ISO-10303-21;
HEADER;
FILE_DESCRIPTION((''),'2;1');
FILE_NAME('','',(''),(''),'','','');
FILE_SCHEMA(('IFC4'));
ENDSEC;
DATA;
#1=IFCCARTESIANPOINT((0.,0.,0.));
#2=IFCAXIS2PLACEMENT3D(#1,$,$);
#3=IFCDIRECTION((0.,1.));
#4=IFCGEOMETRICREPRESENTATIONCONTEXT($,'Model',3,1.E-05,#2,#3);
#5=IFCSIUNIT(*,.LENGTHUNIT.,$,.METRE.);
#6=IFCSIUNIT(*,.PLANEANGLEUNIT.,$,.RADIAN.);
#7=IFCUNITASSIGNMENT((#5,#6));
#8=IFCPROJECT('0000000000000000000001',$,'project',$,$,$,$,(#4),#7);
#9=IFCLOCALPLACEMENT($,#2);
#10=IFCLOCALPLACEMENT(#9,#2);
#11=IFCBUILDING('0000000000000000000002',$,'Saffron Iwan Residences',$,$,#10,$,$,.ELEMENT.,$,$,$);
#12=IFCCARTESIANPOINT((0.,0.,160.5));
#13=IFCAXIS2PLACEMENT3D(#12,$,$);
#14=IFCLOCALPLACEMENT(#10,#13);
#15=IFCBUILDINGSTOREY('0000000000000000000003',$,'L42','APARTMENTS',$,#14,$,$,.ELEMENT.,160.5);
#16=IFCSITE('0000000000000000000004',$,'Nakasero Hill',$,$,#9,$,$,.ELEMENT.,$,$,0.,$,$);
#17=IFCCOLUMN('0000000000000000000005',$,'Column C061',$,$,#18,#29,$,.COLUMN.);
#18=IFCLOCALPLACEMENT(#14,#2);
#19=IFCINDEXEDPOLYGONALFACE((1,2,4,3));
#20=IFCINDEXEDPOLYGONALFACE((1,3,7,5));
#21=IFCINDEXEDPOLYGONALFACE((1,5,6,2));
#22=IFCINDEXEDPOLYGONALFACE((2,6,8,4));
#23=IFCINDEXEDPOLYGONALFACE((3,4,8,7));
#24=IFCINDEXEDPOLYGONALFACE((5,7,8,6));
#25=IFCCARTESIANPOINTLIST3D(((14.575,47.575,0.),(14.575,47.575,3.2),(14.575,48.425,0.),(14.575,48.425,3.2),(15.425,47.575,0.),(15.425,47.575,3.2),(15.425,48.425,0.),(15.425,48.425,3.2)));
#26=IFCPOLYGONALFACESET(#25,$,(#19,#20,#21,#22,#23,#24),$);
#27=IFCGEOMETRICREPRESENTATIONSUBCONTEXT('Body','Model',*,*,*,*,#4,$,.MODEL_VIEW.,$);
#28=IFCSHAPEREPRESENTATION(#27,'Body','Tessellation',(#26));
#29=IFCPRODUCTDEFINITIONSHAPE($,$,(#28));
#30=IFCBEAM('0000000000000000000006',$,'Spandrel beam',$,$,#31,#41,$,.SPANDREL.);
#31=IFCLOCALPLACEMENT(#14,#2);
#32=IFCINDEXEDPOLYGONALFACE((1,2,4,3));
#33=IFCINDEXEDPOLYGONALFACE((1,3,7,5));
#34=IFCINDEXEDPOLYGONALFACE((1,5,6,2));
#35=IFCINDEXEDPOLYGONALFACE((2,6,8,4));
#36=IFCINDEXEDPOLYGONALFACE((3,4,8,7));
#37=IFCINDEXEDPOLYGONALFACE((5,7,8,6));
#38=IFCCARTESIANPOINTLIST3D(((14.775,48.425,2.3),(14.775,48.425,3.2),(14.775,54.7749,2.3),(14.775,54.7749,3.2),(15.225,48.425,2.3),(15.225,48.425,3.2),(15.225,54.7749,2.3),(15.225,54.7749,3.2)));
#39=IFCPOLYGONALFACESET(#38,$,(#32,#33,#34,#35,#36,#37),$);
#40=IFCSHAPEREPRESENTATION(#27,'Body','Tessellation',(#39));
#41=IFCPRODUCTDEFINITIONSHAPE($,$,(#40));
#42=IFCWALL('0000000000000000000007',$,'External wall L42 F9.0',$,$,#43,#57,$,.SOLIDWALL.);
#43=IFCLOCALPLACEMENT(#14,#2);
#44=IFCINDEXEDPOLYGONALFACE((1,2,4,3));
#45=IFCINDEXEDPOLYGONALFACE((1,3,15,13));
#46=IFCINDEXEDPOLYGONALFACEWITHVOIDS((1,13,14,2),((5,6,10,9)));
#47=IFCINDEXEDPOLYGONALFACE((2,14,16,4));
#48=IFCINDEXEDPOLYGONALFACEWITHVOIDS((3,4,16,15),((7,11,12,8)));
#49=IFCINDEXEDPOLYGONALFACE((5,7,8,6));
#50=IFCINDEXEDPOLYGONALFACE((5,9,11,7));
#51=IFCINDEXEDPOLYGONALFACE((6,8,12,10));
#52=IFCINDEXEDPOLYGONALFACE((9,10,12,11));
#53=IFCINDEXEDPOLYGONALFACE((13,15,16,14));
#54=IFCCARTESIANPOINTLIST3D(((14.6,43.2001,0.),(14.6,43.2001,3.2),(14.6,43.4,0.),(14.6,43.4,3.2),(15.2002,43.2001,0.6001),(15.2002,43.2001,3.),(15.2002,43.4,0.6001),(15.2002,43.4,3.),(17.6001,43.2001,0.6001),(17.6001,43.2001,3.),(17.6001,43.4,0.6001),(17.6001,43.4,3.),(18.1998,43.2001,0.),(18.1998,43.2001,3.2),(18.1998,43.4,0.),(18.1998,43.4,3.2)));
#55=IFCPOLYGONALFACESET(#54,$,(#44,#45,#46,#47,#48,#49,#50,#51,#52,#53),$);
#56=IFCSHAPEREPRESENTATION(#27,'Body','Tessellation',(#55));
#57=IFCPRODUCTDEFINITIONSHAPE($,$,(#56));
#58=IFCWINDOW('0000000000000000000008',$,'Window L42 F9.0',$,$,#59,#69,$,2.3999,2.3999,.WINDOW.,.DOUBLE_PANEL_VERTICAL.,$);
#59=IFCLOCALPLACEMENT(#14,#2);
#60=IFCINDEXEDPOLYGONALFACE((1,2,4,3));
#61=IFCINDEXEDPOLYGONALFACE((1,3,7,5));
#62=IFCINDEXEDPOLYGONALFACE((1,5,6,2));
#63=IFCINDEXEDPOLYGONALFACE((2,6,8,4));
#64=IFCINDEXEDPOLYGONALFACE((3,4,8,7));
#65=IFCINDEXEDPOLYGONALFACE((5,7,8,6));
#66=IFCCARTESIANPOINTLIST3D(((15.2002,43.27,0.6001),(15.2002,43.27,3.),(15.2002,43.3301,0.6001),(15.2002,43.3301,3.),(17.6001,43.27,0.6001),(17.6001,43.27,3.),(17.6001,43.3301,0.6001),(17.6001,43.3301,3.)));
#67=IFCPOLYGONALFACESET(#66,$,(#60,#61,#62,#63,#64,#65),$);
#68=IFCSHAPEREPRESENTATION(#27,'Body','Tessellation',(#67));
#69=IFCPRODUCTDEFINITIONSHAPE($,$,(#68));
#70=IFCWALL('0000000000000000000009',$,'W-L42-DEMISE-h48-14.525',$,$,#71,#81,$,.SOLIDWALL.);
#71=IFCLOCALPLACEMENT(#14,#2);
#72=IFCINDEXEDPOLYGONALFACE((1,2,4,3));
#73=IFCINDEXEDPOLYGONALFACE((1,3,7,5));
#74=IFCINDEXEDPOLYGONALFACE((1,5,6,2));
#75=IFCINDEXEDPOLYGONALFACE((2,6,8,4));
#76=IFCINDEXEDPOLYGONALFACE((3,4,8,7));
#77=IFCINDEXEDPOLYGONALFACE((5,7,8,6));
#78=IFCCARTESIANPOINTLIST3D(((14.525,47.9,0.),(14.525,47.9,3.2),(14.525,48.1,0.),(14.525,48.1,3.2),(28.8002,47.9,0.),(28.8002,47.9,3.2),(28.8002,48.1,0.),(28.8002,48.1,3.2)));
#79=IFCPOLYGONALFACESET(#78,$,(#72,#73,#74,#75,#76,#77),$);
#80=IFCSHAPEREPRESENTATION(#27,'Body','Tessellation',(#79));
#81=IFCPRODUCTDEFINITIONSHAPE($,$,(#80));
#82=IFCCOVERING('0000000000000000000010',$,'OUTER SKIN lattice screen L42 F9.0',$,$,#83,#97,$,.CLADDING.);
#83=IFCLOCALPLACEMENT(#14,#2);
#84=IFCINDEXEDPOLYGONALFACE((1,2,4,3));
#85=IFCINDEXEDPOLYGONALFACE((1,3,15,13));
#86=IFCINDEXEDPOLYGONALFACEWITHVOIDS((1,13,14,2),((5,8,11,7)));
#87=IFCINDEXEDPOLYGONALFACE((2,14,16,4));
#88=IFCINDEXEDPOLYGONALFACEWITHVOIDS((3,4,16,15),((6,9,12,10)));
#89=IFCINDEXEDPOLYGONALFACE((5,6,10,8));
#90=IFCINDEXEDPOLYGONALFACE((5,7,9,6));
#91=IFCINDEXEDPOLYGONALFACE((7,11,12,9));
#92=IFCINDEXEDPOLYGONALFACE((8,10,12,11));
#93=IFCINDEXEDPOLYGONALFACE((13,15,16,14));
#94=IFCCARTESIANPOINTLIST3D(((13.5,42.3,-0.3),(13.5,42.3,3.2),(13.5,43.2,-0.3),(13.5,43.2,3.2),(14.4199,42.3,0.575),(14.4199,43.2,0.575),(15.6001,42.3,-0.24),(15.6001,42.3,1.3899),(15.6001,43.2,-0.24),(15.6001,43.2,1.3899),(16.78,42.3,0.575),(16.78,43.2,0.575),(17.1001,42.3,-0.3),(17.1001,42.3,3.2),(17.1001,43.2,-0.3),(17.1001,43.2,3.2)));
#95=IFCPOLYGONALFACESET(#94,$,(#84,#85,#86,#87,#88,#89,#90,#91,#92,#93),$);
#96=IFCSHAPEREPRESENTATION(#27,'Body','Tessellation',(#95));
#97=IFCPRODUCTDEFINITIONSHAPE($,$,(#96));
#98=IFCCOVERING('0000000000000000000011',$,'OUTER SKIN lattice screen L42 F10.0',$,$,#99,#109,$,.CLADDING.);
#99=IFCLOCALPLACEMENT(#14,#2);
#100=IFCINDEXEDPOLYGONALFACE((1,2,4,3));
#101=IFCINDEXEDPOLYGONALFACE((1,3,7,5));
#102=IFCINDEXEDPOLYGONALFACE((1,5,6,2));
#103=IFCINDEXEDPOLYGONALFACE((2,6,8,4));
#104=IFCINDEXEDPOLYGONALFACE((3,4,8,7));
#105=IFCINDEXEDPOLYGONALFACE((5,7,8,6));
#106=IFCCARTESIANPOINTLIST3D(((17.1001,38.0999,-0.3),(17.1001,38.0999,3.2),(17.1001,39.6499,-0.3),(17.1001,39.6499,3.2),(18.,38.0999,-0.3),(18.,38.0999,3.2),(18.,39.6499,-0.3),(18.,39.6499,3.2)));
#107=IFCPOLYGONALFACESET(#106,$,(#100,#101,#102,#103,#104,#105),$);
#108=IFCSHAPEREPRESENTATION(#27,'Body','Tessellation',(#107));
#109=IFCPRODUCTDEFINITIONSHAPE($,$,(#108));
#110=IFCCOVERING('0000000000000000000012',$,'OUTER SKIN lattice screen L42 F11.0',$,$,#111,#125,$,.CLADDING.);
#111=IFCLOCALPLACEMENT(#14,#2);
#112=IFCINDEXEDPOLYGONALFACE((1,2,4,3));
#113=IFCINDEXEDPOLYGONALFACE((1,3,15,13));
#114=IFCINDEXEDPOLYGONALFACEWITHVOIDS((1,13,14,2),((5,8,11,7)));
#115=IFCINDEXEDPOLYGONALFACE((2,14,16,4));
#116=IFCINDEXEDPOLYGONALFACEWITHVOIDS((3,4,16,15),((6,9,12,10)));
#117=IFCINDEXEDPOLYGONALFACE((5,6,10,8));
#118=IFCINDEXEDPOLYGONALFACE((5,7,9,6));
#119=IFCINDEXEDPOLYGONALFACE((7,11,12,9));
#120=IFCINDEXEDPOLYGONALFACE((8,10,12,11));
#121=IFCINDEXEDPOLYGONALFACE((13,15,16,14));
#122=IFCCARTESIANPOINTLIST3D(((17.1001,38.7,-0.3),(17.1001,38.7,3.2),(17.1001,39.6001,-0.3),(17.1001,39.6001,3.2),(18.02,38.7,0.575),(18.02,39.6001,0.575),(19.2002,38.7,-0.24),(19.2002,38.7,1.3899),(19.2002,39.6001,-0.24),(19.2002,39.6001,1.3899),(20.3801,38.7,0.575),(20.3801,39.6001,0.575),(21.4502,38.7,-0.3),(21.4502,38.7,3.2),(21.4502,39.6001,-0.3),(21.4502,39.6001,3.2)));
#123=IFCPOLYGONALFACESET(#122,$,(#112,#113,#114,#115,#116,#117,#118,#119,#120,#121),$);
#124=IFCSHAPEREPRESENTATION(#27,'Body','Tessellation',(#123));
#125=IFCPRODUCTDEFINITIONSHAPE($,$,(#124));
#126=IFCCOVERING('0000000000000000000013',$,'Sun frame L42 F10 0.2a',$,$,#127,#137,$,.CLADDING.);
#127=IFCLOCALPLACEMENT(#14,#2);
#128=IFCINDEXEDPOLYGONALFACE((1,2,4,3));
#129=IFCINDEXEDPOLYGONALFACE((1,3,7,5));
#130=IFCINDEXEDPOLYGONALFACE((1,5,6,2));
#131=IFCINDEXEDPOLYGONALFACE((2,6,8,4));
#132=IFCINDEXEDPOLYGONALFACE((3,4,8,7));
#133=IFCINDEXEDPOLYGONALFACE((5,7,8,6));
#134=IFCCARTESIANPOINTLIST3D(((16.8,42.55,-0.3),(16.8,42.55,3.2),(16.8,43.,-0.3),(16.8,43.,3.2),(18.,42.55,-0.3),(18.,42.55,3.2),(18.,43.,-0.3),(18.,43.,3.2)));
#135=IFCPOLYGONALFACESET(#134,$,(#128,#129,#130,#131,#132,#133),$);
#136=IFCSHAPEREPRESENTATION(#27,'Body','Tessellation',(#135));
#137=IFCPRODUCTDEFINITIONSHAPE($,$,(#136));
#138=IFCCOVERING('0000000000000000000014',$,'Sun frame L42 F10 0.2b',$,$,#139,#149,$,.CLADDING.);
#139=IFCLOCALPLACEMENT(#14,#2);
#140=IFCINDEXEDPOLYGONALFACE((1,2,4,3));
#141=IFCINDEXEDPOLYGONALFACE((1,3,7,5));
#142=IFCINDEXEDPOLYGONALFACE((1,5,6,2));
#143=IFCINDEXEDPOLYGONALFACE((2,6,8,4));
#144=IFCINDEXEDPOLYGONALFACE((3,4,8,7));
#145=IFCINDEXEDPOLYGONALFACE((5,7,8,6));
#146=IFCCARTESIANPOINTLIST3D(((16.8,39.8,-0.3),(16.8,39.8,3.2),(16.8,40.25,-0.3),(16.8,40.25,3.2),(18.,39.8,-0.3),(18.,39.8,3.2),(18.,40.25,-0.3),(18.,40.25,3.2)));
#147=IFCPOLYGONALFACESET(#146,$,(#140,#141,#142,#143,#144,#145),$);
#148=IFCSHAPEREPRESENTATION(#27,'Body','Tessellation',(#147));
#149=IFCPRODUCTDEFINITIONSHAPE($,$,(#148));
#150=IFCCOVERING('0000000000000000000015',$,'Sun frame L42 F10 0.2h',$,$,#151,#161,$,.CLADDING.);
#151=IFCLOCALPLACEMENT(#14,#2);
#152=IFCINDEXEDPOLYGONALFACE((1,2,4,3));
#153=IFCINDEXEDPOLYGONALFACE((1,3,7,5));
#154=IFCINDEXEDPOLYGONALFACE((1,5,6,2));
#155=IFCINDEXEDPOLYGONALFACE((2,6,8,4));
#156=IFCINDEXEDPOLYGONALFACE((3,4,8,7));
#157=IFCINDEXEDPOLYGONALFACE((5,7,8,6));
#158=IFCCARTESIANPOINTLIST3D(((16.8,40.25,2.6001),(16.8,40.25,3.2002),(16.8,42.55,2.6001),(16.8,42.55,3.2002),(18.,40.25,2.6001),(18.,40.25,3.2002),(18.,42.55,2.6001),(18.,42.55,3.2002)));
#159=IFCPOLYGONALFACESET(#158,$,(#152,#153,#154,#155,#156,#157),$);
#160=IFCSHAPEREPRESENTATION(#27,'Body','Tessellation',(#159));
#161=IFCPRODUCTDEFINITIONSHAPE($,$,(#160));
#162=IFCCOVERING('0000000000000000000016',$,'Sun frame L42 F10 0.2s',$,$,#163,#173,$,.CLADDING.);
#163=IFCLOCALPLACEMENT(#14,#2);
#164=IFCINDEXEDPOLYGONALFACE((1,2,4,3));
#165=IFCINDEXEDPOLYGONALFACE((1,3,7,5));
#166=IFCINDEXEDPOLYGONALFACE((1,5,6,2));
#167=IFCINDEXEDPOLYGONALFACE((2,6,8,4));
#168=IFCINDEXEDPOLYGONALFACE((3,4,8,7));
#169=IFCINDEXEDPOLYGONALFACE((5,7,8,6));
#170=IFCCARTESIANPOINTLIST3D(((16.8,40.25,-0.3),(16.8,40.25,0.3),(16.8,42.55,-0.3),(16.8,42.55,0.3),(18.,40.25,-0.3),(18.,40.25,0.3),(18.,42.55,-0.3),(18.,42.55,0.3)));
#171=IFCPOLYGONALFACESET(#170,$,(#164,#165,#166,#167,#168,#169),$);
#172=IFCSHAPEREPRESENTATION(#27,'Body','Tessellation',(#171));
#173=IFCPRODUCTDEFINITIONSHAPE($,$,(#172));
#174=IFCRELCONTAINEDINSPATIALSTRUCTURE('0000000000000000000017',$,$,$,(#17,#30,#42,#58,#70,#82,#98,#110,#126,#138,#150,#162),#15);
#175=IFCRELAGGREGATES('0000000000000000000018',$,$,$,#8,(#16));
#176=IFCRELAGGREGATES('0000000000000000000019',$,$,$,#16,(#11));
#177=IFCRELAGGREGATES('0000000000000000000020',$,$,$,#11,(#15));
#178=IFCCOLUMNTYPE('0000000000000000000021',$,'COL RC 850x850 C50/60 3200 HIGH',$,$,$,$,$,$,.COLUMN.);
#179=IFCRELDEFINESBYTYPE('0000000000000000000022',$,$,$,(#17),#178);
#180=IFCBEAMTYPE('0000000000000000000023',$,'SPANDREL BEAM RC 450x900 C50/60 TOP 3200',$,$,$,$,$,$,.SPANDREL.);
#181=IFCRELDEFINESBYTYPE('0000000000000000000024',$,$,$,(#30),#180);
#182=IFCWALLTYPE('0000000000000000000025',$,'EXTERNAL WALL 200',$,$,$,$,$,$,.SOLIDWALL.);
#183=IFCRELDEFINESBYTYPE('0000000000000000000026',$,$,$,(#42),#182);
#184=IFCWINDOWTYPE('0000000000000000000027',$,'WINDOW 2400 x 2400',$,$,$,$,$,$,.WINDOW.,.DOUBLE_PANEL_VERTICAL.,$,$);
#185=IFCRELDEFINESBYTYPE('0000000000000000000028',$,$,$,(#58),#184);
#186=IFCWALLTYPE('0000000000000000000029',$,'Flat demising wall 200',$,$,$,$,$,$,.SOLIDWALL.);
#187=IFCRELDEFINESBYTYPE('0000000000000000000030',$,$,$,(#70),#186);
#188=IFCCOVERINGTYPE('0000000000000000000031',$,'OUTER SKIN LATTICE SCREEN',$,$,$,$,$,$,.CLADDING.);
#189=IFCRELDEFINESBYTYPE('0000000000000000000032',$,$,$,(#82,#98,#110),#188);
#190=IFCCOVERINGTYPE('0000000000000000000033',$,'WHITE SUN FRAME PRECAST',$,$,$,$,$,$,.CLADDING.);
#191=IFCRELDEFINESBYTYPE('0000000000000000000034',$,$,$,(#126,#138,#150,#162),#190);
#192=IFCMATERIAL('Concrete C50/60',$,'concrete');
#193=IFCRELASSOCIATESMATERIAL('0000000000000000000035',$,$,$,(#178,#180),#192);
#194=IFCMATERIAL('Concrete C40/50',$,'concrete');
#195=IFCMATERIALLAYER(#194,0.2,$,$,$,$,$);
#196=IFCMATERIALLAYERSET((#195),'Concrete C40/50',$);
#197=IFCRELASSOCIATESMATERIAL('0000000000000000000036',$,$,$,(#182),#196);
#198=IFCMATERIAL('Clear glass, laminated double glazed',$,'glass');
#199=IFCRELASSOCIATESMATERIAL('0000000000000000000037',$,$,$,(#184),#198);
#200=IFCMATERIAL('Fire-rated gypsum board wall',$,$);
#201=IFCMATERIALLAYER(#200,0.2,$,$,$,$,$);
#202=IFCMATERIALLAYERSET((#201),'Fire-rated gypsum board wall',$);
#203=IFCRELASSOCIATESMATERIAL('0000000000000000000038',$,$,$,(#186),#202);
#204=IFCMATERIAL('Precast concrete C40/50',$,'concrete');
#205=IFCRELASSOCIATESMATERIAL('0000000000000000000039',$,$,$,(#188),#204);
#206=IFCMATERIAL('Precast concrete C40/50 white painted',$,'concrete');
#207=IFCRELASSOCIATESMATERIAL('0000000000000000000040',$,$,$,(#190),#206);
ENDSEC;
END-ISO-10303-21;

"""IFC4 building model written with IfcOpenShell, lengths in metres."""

from ifc_helpers import new_model, si_unit, direction, frame, frame_2d, origin, origin_2d, place, context, subcontext, project, spatial, polyline, rectangle, outline, extrude, source, transform, mapped, material, layer, layer_set, material_profile, profile_set, type_object, element, fill, save


model = new_model("IFC4")

# Units and contexts
model_context = context("Model", 3, precision=1e-05, world=origin(), true_north=direction((0.0, 1.0)))
body_context = subcontext(model_context, "Body", "Model", "MODEL_VIEW")
ifc_project = project(units=[si_unit("LENGTHUNIT", "METRE"), si_unit("PLANEANGLEUNIT", "RADIAN")], contexts=[model_context])

# Site, building, storey
site_placement = place(None, origin())
site = spatial("IfcSite", under=ifc_project, at=site_placement, Name="Nakasero Hill", CompositionType="ELEMENT", RefElevation=0.0)
building_placement = place(site_placement, origin())
building = spatial("IfcBuilding", under=site, at=building_placement, Name="Saffron Iwan Residences", CompositionType="ELEMENT")
storey_placement = place(building_placement, frame((0.0, 0.0, 160.5)))
storey = spatial("IfcBuildingStorey", under=building, at=storey_placement, Name="L42", Description="APARTMENTS", CompositionType="ELEMENT", Elevation=160.5)

# Column
ifc_material_1 = material(Name="Concrete C50/60", Category="concrete")
ifc_material_profile_1 = material_profile(ifc_material_1, rectangle(XDim=0.8501, YDim=0.8501, at=origin_2d()), Name="RC 850x850")
ifc_profile_set_1 = profile_set([ifc_material_profile_1], Name="Concrete C50/60")
column_type = type_object("IfcColumnType", Name="COL RC 850x850 C50/60 3200 HIGH", PredefinedType="COLUMN", material=ifc_profile_set_1)
shared_shape_1 = source(origin(), body_context, "Body", "SweptSolid", [
    extrude(rectangle(XDim=0.8501, YDim=0.8501, at=origin_2d()), origin(), (0.0, 0.0, 1.0), 3.2),
])
column_placement = place(storey_placement, frame((15.0, 48.0, 0.0), z_axis=(0.0, 0.0, 1.0), x_axis=(1.0, 0.0, 0.0)))
element("IfcColumn", 1, at=column_placement, inside=storey, type_object=column_type, Name="Column C061", PredefinedType="COLUMN", context=body_context, shape_type="MappedRepresentation", body=[
    mapped(shared_shape_1, transform((0.0, 0.0, 0.0))),
])

# Beam
ifc_material_profile_2 = material_profile(ifc_material_1, rectangle(XDim=0.45, YDim=0.8999, at=origin_2d()), Name="RC 450x900")
ifc_profile_set_2 = profile_set([ifc_material_profile_2], Name="Concrete C50/60")
beam_type = type_object("IfcBeamType", Name="SPANDREL BEAM RC 450x900 C50/60 TOP 3200", PredefinedType="SPANDREL", material=ifc_profile_set_2)
shared_shape_2 = source(origin(), body_context, "Body", "SweptSolid", [
    extrude(rectangle(XDim=0.45, YDim=0.8999, at=origin_2d()), origin(), (0.0, 0.0, 1.0), 6.3499),
])
beam_placement = place(storey_placement, frame((15.0, 48.425, 2.75), z_axis=(0.0, 1.0, 0.0), x_axis=(-1.0, 0.0, 0.0)))
element("IfcBeam", 2, at=beam_placement, inside=storey, type_object=beam_type, Name="Spandrel beam", PredefinedType="SPANDREL", context=body_context, shape_type="MappedRepresentation", body=[
    mapped(shared_shape_2, transform((0.0, 0.0, 0.0))),
])

# Wall, opening, window
ifc_material_2 = material(Name="Concrete C40/50", Category="concrete")
ifc_layer_1 = layer(ifc_material_2, 0.2)
ifc_layer_set_1 = layer_set([ifc_layer_1], Name="Concrete C40/50")
wall_type_1 = type_object("IfcWallType", Name="EXTERNAL WALL 200", PredefinedType="SOLIDWALL", material=ifc_layer_set_1)
wall_1_placement = place(storey_placement, frame((14.6001, 43.3, 0.0), z_axis=(0.0, 0.0, 1.0), x_axis=(1.0, 0.0, 0.0)))
wall_1 = element("IfcWall", 3, at=wall_1_placement, inside=storey, type_object=wall_type_1, Name="External wall L42 F9.0", PredefinedType="SOLIDWALL", context=body_context, shape_type="SweptSolid", body=[
    extrude(rectangle(XDim=3.5999, YDim=0.2, at=frame_2d((1.7998, 0.0))), origin(), (0.0, 0.0, 1.0), 3.2),
])
opening_placement = place(wall_1_placement, frame((0.6001, 0.0, 0.6001)))
opening = element("IfcOpeningElement", 4, at=opening_placement, cuts=wall_1, PredefinedType="OPENING", context=body_context, shape_type="SweptSolid", body=[
    extrude(rectangle(XDim=2.3999, YDim=2.3999, at=frame_2d((1.2, 1.2))), frame((0.0, 0.1099, 0.0), z_axis=(0.0, -1.0, 0.0), x_axis=(1.0, 0.0, 0.0)), (0.0, 0.0, 1.0), 0.22),
])
ifc_material_3 = material(Name="Clear glass, laminated double glazed", Category="glass")
window_type = type_object("IfcWindowType", Name="WINDOW 2400 x 2400", PartitioningType="DOUBLE_PANEL_VERTICAL", PredefinedType="WINDOW", material=ifc_material_3)
window_placement = place(opening_placement, origin())
window = element("IfcWindow", 5, at=window_placement, inside=storey, type_object=window_type, Name="Window L42 F9.0", OverallHeight=2.3999, OverallWidth=2.3999, PartitioningType="DOUBLE_PANEL_VERTICAL", PredefinedType="WINDOW", context=body_context, shape_type="SweptSolid", body=[
    extrude(rectangle(XDim=2.3999, YDim=2.3999, at=frame_2d((1.2, 1.2))), frame((0.0, 0.03, 0.0), z_axis=(0.0, -1.0, 0.0), x_axis=(1.0, 0.0, 0.0)), (0.0, 0.0, 1.0), 0.0601),
])
fill(opening, window)

# Wall
ifc_material_4 = material(Name="Fire-rated gypsum board wall")
ifc_layer_2 = layer(ifc_material_4, 0.2)
ifc_layer_set_2 = layer_set([ifc_layer_2], Name="Fire-rated gypsum board wall")
wall_type_2 = type_object("IfcWallType", Name="Flat demising wall 200", PredefinedType="SOLIDWALL", material=ifc_layer_set_2)
wall_2_placement = place(storey_placement, frame((14.5249, 48.0, 0.0), z_axis=(0.0, 0.0, 1.0), x_axis=(1.0, 0.0, 0.0)))
element("IfcWall", 6, at=wall_2_placement, inside=storey, type_object=wall_type_2, Name="W-L42-DEMISE-h48-14.525", PredefinedType="SOLIDWALL", context=body_context, shape_type="SweptSolid", body=[
    extrude(rectangle(XDim=14.2751, YDim=0.2, at=frame_2d((7.1377, 0.0))), origin(), (0.0, 0.0, 1.0), 3.2),
])

# Coverings
ifc_material_5 = material(Name="Precast concrete C40/50", Category="concrete")
covering_type_1 = type_object("IfcCoveringType", Name="OUTER SKIN LATTICE SCREEN", PredefinedType="CLADDING", material=ifc_material_5)
covering_1_placement = place(storey_placement, frame((13.5, 43.2, -0.3), z_axis=(0.0, -1.0, 0.0), x_axis=(1.0, 0.0, 0.0)))
element("IfcCovering", 7, at=covering_1_placement, inside=storey, type_object=covering_type_1, Name="OUTER SKIN lattice screen L42 F9.0", PredefinedType="CLADDING", context=body_context, shape_type="SweptSolid", body=[
    extrude(outline(polyline([(0.0, 0.0), (3.6001, 0.0), (3.6001, 3.5), (0.0, 3.5), (0.0, 0.0)]), holes=[polyline([(0.9199, 0.875), (2.1001, 0.0601), (3.28, 0.875), (2.1001, 1.6899), (0.9199, 0.875)])]), origin(), (0.0, 0.0, 1.0), 0.8999),
])
covering_2_placement = place(storey_placement, frame((18.0, 39.6499, -0.3), z_axis=(-1.0, 0.0, 0.0), x_axis=(0.0, -1.0, 0.0)))
element("IfcCovering", 8, at=covering_2_placement, inside=storey, type_object=covering_type_1, Name="OUTER SKIN lattice screen L42 F10.0", PredefinedType="CLADDING", context=body_context, shape_type="SweptSolid", body=[
    extrude(outline(polyline([(0.0, 0.0), (1.55, 0.0), (1.55, 3.5), (0.0, 3.5), (0.0, 0.0)])), origin(), (0.0, 0.0, 1.0), 0.8999),
])
covering_3_placement = place(storey_placement, frame((17.1001, 39.6001, -0.3), z_axis=(0.0, -1.0, 0.0), x_axis=(1.0, 0.0, 0.0)))
element("IfcCovering", 9, at=covering_3_placement, inside=storey, type_object=covering_type_1, Name="OUTER SKIN lattice screen L42 F11.0", PredefinedType="CLADDING", context=body_context, shape_type="SweptSolid", body=[
    extrude(outline(polyline([(0.0, 0.0), (4.3501, 0.0), (4.3501, 3.5), (0.0, 3.5), (0.0, 0.0)]), holes=[polyline([(0.9199, 0.875), (2.1001, 0.0601), (3.28, 0.875), (2.1001, 1.6899), (0.9199, 0.875)])]), origin(), (0.0, 0.0, 1.0), 0.9001),
])
ifc_material_6 = material(Name="Precast concrete C40/50 white painted", Category="concrete")
covering_type_2 = type_object("IfcCoveringType", Name="WHITE SUN FRAME PRECAST", PredefinedType="CLADDING", material=ifc_material_6)
for number, where, z_axis, x_axis, name in (
    (10, (18.0, 43.0, -0.3), (-1.0, 0.0, 0.0), (0.0, -1.0, 0.0), "Sun frame L42 F10 0.2a"),
    (11, (18.0, 40.25, -0.3), (-1.0, 0.0, 0.0), (0.0, -1.0, 0.0), "Sun frame L42 F10 0.2b"),
):
    element("IfcCovering", number, at=place(storey_placement, frame(where, z_axis=z_axis, x_axis=x_axis)), inside=storey, type_object=covering_type_2, Name=name, PredefinedType="CLADDING", context=body_context, shape_type="SweptSolid", body=[
        extrude(outline(polyline([(0.0, 0.0), (0.45, 0.0), (0.45, 3.5), (0.0, 3.5), (0.0, 0.0)])), origin(), (0.0, 0.0, 1.0), 1.2),
    ])
for number, where, z_axis, x_axis, name in (
    (12, (18.0, 42.55, 2.6001), (-1.0, 0.0, 0.0), (0.0, -1.0, 0.0), "Sun frame L42 F10 0.2h"),
    (13, (18.0, 42.55, -0.3), (-1.0, 0.0, 0.0), (0.0, -1.0, 0.0), "Sun frame L42 F10 0.2s"),
):
    element("IfcCovering", number, at=place(storey_placement, frame(where, z_axis=z_axis, x_axis=x_axis)), inside=storey, type_object=covering_type_2, Name=name, PredefinedType="CLADDING", context=body_context, shape_type="SweptSolid", body=[
        extrude(outline(polyline([(0.0, 0.0), (2.3, 0.0), (2.3, 0.6001), (0.0, 0.6001), (0.0, 0.0)])), origin(), (0.0, 0.0, 1.0), 1.2),
    ])

save(model, "model.ifc")
